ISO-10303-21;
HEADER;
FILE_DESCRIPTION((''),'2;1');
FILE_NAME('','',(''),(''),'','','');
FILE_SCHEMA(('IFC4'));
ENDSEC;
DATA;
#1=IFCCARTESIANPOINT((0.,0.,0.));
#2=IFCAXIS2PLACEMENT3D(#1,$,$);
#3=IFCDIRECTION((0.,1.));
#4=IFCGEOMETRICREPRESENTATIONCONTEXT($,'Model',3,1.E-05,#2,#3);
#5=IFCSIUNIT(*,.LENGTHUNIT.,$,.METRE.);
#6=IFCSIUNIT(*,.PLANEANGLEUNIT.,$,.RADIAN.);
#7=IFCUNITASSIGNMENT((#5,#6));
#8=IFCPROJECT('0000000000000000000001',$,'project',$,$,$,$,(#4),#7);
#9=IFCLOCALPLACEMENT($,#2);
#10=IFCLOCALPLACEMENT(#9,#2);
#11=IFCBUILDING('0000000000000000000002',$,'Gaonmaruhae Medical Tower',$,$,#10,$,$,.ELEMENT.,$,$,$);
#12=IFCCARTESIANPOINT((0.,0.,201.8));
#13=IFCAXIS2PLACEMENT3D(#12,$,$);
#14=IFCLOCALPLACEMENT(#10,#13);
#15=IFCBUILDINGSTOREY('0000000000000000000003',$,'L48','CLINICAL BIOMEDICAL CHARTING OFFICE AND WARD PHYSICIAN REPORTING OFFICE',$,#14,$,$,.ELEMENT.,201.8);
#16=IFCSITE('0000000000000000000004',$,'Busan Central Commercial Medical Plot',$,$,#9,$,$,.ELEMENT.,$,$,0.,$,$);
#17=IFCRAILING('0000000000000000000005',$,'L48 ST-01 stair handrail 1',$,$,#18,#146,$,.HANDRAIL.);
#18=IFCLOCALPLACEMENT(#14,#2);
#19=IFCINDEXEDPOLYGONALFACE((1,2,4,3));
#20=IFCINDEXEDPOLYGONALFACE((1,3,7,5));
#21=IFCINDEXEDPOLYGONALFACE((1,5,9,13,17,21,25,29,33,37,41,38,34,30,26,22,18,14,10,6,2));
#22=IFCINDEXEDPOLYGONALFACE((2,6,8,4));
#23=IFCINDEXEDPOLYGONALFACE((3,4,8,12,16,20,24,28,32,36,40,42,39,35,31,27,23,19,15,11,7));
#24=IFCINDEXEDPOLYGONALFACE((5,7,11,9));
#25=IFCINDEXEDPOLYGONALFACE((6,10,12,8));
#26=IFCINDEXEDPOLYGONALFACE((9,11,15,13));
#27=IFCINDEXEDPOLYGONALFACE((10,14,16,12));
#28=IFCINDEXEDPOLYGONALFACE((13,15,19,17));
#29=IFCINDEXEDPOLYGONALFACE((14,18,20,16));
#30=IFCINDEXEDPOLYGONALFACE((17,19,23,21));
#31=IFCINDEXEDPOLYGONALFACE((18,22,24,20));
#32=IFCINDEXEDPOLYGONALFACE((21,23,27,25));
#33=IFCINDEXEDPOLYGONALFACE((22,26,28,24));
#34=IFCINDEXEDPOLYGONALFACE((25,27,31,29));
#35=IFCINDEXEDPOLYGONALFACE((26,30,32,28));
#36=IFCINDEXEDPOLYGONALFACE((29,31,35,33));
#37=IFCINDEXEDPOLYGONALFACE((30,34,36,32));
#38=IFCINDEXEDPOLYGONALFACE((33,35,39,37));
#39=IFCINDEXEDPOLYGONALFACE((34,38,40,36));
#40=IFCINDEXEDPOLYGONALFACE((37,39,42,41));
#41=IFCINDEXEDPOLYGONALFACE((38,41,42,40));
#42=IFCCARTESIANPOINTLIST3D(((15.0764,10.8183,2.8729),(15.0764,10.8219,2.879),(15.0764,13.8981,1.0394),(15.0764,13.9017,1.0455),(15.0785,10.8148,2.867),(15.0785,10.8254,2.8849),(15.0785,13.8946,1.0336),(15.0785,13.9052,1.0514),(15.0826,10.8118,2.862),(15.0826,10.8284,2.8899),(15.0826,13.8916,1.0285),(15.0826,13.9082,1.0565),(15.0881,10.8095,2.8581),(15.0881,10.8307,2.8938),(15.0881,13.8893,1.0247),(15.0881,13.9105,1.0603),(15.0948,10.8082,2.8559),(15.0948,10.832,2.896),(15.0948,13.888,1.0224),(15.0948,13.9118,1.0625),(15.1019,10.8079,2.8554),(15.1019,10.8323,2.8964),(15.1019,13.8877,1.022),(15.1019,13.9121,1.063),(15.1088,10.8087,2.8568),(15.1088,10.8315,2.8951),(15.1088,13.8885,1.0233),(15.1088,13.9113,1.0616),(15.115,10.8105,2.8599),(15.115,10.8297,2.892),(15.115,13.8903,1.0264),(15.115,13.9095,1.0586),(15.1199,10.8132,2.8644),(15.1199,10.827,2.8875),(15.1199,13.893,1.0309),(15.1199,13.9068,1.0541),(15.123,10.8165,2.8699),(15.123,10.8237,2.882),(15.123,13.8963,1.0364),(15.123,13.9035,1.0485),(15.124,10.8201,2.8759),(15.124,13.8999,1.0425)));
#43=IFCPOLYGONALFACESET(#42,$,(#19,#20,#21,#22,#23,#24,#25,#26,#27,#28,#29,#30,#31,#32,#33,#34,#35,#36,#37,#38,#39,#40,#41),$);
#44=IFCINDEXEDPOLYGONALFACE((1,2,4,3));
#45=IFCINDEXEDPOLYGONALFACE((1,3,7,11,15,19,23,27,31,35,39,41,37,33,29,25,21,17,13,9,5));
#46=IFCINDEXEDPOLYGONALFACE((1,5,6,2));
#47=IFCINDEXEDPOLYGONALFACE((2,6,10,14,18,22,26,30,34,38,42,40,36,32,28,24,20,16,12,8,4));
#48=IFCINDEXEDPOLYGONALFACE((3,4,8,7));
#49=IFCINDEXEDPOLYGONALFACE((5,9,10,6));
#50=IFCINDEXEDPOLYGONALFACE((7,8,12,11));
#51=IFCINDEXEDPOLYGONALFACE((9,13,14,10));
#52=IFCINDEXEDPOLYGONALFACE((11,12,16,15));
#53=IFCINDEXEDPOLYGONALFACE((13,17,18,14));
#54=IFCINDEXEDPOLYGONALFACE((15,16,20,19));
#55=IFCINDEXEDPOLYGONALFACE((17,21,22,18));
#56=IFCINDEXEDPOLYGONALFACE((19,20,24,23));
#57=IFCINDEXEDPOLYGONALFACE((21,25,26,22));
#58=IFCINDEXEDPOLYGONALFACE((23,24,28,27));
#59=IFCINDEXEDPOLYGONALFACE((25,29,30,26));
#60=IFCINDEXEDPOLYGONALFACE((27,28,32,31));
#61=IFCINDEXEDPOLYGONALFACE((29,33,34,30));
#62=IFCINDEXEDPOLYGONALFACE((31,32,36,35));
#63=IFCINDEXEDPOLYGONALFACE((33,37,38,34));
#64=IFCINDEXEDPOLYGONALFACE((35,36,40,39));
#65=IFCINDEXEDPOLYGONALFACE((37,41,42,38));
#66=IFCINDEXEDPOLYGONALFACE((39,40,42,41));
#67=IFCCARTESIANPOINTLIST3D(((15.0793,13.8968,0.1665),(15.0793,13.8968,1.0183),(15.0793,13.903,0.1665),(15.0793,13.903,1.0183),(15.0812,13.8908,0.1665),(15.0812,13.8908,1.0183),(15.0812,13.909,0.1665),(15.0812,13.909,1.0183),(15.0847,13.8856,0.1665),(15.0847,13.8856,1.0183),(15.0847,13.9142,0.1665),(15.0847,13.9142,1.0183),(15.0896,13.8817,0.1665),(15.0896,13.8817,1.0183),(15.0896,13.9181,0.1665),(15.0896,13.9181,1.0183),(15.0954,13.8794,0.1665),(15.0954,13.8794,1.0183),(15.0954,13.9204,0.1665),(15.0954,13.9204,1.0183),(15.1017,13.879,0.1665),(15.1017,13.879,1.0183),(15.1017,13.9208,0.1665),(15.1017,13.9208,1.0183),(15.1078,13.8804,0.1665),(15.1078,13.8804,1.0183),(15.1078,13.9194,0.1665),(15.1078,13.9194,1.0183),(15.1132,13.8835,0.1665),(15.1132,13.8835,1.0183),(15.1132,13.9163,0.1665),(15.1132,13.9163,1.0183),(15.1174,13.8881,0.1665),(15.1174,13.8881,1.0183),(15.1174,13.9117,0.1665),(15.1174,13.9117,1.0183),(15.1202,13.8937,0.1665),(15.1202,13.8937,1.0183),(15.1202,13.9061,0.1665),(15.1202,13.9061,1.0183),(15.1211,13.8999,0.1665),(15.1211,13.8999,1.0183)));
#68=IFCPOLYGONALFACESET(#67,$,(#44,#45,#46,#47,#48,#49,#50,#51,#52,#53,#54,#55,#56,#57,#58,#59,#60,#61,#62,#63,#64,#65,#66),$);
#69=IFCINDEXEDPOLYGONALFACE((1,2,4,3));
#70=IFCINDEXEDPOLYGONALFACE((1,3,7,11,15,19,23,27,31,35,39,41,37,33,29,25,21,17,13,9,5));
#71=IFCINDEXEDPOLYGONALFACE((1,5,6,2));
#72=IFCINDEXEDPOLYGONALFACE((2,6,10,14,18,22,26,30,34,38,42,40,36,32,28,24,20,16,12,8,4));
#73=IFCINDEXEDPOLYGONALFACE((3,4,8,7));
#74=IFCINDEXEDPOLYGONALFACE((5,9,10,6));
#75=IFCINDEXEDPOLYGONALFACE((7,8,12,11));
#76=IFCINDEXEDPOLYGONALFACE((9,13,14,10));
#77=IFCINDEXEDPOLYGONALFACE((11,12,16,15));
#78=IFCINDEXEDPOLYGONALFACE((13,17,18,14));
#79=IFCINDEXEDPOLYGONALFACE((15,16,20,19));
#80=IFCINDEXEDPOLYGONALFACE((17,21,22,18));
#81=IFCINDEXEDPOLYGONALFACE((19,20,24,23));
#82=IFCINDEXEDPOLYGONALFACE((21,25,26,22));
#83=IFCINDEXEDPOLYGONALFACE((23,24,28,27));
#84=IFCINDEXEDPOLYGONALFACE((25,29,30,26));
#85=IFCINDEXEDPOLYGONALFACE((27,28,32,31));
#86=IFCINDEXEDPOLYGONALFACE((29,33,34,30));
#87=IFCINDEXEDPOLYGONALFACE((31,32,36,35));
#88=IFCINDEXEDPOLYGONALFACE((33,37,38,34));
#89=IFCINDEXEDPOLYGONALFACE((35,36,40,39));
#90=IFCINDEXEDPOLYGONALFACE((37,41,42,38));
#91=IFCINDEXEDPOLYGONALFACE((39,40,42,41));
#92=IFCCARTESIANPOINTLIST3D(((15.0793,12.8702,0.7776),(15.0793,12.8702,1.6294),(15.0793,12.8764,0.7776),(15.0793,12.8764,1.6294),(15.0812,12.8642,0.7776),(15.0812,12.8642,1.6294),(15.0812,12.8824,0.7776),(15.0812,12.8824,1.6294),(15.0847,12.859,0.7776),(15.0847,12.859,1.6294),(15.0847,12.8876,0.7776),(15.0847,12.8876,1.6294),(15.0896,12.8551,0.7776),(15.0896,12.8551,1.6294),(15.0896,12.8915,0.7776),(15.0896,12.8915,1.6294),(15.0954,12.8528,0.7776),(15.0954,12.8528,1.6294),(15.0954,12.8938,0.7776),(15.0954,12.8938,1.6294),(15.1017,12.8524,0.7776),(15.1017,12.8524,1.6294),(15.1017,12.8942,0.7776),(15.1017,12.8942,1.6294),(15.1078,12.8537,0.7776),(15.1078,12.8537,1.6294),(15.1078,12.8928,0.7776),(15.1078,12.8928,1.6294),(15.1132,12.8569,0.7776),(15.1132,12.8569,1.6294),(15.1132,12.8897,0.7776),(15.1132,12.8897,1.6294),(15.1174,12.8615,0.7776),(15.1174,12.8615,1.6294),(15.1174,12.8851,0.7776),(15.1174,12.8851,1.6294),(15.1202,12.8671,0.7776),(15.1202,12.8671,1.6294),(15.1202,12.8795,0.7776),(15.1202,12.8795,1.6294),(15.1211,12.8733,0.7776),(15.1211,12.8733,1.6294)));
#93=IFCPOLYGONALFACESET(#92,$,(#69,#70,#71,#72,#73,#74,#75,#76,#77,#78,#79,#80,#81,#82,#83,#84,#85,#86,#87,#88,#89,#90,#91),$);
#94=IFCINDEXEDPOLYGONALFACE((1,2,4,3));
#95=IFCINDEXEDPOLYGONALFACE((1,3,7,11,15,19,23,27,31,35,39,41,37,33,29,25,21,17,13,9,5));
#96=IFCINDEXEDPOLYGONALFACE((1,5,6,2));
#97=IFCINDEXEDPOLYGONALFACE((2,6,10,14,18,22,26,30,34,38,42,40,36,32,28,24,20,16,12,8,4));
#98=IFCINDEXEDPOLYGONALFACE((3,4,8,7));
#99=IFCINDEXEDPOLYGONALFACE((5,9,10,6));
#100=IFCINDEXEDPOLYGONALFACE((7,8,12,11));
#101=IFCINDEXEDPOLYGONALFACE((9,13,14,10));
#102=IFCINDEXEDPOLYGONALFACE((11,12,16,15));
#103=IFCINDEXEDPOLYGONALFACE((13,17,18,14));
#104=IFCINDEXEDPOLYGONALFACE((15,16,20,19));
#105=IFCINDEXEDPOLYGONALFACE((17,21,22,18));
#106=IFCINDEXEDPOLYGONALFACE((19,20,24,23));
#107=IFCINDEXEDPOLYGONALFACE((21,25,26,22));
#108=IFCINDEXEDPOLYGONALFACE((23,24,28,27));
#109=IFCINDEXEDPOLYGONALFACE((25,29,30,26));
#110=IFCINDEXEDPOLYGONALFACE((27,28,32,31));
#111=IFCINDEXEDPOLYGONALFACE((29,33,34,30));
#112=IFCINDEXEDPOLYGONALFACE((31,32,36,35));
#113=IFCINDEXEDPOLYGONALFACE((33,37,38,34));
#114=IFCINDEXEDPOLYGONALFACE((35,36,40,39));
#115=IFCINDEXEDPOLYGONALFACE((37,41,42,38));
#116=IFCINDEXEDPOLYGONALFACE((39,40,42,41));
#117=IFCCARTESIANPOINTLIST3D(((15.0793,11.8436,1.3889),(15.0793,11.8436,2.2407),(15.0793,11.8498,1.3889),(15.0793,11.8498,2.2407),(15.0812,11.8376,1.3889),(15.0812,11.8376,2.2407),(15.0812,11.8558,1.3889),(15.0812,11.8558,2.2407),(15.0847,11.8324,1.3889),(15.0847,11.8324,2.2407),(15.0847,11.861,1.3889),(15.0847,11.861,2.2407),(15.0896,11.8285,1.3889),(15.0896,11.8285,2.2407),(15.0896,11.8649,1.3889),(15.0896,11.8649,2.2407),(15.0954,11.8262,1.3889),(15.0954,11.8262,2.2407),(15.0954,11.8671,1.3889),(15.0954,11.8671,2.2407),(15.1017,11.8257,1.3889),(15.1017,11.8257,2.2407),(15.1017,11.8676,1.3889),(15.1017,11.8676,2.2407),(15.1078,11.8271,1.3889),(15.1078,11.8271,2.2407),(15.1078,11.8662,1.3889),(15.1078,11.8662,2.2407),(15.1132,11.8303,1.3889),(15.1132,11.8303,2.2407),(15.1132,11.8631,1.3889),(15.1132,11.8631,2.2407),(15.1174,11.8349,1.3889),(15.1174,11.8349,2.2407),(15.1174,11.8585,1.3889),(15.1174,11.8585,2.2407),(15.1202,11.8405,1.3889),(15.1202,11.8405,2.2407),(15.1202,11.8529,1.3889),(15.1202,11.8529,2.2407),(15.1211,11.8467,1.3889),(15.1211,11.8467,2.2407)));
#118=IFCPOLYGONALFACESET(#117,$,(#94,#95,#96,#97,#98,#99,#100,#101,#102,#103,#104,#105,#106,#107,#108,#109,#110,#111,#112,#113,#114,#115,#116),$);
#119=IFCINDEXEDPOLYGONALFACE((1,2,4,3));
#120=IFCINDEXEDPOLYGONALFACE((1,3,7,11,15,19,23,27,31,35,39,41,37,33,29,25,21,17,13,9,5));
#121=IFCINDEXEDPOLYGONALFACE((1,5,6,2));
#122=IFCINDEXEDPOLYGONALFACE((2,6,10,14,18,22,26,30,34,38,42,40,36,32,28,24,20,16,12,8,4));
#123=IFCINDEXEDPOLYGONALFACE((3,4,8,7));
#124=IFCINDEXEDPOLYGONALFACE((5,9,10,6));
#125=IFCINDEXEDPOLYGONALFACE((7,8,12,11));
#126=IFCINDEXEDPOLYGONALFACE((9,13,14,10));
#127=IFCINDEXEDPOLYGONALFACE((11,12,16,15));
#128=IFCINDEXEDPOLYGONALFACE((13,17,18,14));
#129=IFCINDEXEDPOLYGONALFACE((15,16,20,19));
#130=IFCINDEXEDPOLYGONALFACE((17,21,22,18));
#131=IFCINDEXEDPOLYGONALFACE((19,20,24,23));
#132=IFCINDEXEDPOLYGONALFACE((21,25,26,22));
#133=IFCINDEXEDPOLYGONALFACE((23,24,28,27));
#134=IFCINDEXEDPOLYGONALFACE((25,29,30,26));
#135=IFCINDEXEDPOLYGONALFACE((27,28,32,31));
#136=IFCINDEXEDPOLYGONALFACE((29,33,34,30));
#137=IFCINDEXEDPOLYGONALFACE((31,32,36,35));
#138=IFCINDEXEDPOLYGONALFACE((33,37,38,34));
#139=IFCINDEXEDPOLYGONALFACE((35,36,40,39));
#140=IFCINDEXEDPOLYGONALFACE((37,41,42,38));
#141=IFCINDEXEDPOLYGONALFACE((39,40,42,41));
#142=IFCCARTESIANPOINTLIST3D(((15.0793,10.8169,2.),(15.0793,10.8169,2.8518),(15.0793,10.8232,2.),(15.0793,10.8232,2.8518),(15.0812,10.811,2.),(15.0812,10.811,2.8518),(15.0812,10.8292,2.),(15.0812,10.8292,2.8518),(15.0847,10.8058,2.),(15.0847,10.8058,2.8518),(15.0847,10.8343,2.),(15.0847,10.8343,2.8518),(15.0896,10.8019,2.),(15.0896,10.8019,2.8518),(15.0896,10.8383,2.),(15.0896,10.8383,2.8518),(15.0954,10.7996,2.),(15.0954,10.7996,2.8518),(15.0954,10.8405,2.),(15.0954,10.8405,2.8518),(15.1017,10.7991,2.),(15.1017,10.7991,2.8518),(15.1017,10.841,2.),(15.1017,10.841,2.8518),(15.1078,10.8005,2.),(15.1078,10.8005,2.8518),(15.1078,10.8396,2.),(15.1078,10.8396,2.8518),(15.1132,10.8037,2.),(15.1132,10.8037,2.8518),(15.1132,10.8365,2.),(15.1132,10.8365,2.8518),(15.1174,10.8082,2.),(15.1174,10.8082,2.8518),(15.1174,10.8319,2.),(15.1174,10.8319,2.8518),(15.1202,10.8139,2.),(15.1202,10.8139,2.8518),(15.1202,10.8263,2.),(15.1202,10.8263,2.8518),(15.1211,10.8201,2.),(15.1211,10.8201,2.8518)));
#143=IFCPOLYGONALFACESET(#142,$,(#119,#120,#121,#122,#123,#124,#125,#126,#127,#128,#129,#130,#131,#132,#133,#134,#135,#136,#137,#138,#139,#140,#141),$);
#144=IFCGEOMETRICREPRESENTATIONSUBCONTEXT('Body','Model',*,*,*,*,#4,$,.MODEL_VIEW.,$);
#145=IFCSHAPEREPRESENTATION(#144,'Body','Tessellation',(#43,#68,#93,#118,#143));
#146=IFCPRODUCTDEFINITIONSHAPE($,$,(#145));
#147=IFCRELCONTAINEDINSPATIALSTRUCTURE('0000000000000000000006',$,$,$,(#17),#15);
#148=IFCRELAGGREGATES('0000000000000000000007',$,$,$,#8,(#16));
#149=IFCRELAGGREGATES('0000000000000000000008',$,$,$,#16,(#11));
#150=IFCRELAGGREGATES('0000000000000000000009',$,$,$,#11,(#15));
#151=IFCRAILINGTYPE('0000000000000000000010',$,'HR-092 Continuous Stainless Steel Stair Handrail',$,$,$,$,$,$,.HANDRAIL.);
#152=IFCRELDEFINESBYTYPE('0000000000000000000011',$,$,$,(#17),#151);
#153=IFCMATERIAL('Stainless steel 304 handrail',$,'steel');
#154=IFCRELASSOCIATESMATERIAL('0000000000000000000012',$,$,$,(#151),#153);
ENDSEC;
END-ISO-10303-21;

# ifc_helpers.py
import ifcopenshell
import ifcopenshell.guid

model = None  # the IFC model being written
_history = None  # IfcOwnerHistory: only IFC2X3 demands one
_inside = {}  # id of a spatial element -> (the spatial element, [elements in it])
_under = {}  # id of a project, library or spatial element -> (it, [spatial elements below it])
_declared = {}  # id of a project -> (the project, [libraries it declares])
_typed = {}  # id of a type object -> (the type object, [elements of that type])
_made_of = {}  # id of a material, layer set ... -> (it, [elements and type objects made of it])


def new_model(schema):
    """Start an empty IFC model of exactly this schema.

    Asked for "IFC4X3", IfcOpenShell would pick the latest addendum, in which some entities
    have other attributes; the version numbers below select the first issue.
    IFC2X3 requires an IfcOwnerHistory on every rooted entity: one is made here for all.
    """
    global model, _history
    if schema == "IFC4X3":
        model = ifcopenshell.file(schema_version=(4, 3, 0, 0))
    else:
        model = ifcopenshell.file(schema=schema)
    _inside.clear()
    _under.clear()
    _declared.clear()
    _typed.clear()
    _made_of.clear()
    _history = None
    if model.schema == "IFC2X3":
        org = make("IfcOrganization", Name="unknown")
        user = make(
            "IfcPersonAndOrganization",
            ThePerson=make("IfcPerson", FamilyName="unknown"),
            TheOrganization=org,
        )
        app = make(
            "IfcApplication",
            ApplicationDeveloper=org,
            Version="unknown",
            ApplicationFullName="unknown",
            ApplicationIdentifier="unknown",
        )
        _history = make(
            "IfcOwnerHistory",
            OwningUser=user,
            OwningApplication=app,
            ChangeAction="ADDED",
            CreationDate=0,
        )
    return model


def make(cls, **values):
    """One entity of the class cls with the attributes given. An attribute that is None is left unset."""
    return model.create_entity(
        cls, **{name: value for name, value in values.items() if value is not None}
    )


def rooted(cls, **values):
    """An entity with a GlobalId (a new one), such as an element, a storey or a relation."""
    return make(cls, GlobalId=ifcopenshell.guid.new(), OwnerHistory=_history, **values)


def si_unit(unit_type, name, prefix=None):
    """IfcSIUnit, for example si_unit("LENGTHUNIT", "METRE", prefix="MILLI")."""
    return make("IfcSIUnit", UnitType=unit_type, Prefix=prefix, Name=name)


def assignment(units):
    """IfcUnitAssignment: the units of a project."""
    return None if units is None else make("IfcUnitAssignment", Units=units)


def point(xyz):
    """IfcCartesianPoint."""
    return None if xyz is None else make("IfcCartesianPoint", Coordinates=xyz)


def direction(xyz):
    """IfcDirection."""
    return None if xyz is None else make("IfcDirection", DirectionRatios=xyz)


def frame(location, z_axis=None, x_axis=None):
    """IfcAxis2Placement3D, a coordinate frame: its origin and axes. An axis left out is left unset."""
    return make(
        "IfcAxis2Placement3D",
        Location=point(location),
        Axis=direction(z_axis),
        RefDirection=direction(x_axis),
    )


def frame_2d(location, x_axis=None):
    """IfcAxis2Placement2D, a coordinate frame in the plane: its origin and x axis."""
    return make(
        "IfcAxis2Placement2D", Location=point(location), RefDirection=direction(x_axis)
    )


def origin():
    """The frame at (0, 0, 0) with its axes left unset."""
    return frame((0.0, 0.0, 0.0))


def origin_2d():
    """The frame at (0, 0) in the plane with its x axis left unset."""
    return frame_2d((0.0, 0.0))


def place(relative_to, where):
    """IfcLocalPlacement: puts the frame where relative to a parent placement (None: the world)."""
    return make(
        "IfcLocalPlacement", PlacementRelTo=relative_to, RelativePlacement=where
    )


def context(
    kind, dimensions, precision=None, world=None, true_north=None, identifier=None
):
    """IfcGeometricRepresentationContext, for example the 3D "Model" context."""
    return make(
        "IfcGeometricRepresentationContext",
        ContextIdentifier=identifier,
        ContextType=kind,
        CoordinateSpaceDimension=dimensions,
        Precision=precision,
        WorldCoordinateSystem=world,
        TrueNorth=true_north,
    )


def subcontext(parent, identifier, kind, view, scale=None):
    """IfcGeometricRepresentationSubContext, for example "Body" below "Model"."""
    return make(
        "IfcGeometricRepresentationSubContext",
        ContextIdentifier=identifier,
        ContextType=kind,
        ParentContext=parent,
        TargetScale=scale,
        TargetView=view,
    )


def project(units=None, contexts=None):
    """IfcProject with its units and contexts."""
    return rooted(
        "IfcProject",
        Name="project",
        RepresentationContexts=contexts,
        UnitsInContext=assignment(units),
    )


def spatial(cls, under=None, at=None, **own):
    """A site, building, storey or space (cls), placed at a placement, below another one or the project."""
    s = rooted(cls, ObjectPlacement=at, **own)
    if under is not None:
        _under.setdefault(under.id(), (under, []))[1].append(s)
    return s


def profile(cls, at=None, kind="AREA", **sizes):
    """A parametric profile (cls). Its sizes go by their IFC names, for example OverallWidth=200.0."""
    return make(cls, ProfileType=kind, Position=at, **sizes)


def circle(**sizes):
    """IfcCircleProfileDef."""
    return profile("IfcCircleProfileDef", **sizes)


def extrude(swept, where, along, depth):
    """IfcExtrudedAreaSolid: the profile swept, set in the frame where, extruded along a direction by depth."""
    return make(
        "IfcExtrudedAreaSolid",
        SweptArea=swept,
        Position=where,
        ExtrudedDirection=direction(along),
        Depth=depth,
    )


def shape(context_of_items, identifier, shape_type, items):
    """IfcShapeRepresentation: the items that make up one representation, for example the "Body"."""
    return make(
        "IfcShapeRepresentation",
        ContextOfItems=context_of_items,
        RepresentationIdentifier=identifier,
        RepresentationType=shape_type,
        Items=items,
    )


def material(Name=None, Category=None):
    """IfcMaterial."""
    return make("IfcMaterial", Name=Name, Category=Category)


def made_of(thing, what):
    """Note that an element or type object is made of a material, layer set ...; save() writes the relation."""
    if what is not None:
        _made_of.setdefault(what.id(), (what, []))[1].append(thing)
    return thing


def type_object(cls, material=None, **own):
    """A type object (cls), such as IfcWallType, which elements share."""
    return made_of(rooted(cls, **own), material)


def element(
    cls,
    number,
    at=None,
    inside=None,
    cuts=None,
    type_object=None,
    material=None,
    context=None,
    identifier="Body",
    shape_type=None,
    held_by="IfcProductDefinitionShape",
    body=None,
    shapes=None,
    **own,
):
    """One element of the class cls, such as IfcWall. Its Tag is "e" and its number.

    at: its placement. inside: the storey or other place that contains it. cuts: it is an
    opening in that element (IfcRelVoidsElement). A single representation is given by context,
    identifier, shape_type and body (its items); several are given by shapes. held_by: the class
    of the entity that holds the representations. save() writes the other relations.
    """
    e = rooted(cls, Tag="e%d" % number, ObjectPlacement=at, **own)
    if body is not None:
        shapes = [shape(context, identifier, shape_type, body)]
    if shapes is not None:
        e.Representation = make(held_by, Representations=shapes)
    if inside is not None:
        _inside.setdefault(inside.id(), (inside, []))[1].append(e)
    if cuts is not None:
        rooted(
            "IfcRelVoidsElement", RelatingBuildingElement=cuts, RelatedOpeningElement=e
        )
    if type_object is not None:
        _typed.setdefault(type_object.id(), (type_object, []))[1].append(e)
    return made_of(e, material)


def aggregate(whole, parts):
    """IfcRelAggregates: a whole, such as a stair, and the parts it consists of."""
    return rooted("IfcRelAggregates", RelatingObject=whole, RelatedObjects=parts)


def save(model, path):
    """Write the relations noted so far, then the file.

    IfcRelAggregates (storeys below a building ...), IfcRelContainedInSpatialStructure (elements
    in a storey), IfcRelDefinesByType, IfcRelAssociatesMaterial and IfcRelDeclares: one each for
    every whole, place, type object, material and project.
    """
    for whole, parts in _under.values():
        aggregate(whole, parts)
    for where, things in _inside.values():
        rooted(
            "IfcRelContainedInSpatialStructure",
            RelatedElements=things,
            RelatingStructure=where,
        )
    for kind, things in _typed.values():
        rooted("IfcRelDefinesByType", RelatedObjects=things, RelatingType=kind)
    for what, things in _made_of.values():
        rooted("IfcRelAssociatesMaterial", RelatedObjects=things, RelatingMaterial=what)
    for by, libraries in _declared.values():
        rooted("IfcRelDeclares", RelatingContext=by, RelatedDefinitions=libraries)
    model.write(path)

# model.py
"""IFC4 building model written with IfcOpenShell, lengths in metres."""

from ifc_helpers import new_model, si_unit, direction, frame, origin, origin_2d, place, context, subcontext, project, spatial, circle, extrude, material, type_object, element, save


model = new_model("IFC4")

# Units and contexts
model_context = context("Model", 3, precision=1e-05, world=origin(), true_north=direction((0.0, 1.0)))
body_context = subcontext(model_context, "Body", "Model", "MODEL_VIEW")
ifc_project = project(units=[si_unit("LENGTHUNIT", "METRE"), si_unit("PLANEANGLEUNIT", "RADIAN")], contexts=[model_context])

# Site, building, storey
site_placement = place(None, origin())
site = spatial("IfcSite", under=ifc_project, at=site_placement, Name="Busan Central Commercial Medical Plot", CompositionType="ELEMENT", RefElevation=0.0)
building_placement = place(site_placement, origin())
building = spatial("IfcBuilding", under=site, at=building_placement, Name="Gaonmaruhae Medical Tower", CompositionType="ELEMENT")
storey_placement = place(building_placement, frame((0.0, 0.0, 201.8)))
storey = spatial("IfcBuildingStorey", under=building, at=storey_placement, Name="L48", Description="CLINICAL BIOMEDICAL CHARTING OFFICE AND WARD PHYSICIAN REPORTING OFFICE", CompositionType="ELEMENT", Elevation=201.8)

# Railing
ifc_material_1 = material(Name="Stainless steel 304 handrail", Category="steel")
railing_type_1 = type_object("IfcRailingType", Name="HR-092 Continuous Stainless Steel Stair Handrail", PredefinedType="HANDRAIL", material=ifc_material_1)
railing_1_placement = place(storey_placement, frame((15.1001, 13.8999, 0.1665)))
element("IfcRailing", 1, at=railing_1_placement, inside=storey, type_object=railing_type_1, Name="L48 ST-01 stair handrail 1", PredefinedType="HANDRAIL", context=body_context, shape_type="SweptSolid", body=[
    extrude(circle(Radius=0.0239, at=origin_2d()), frame((0.0, 0.0, 0.876), z_axis=(0.0, -0.859261, 0.511538), x_axis=(1.0, 0.0, 0.0)), (0.0, 0.0, 1.0), 3.5842),
    extrude(circle(Radius=0.021, at=origin_2d()), origin(), (0.0, 0.0, 1.0), 0.8518),
    extrude(circle(Radius=0.021, at=origin_2d()), frame((0.0, -1.0266, 0.6111)), (0.0, 0.0, 1.0), 0.8518),
    extrude(circle(Radius=0.021, at=origin_2d()), frame((0.0, -2.0532, 1.2224)), (0.0, 0.0, 1.0), 0.8518),
    extrude(circle(Radius=0.021, at=origin_2d()), frame((0.0, -3.0798, 1.8335)), (0.0, 0.0, 1.0), 0.8518),
])

save(model, "model.ifc")
